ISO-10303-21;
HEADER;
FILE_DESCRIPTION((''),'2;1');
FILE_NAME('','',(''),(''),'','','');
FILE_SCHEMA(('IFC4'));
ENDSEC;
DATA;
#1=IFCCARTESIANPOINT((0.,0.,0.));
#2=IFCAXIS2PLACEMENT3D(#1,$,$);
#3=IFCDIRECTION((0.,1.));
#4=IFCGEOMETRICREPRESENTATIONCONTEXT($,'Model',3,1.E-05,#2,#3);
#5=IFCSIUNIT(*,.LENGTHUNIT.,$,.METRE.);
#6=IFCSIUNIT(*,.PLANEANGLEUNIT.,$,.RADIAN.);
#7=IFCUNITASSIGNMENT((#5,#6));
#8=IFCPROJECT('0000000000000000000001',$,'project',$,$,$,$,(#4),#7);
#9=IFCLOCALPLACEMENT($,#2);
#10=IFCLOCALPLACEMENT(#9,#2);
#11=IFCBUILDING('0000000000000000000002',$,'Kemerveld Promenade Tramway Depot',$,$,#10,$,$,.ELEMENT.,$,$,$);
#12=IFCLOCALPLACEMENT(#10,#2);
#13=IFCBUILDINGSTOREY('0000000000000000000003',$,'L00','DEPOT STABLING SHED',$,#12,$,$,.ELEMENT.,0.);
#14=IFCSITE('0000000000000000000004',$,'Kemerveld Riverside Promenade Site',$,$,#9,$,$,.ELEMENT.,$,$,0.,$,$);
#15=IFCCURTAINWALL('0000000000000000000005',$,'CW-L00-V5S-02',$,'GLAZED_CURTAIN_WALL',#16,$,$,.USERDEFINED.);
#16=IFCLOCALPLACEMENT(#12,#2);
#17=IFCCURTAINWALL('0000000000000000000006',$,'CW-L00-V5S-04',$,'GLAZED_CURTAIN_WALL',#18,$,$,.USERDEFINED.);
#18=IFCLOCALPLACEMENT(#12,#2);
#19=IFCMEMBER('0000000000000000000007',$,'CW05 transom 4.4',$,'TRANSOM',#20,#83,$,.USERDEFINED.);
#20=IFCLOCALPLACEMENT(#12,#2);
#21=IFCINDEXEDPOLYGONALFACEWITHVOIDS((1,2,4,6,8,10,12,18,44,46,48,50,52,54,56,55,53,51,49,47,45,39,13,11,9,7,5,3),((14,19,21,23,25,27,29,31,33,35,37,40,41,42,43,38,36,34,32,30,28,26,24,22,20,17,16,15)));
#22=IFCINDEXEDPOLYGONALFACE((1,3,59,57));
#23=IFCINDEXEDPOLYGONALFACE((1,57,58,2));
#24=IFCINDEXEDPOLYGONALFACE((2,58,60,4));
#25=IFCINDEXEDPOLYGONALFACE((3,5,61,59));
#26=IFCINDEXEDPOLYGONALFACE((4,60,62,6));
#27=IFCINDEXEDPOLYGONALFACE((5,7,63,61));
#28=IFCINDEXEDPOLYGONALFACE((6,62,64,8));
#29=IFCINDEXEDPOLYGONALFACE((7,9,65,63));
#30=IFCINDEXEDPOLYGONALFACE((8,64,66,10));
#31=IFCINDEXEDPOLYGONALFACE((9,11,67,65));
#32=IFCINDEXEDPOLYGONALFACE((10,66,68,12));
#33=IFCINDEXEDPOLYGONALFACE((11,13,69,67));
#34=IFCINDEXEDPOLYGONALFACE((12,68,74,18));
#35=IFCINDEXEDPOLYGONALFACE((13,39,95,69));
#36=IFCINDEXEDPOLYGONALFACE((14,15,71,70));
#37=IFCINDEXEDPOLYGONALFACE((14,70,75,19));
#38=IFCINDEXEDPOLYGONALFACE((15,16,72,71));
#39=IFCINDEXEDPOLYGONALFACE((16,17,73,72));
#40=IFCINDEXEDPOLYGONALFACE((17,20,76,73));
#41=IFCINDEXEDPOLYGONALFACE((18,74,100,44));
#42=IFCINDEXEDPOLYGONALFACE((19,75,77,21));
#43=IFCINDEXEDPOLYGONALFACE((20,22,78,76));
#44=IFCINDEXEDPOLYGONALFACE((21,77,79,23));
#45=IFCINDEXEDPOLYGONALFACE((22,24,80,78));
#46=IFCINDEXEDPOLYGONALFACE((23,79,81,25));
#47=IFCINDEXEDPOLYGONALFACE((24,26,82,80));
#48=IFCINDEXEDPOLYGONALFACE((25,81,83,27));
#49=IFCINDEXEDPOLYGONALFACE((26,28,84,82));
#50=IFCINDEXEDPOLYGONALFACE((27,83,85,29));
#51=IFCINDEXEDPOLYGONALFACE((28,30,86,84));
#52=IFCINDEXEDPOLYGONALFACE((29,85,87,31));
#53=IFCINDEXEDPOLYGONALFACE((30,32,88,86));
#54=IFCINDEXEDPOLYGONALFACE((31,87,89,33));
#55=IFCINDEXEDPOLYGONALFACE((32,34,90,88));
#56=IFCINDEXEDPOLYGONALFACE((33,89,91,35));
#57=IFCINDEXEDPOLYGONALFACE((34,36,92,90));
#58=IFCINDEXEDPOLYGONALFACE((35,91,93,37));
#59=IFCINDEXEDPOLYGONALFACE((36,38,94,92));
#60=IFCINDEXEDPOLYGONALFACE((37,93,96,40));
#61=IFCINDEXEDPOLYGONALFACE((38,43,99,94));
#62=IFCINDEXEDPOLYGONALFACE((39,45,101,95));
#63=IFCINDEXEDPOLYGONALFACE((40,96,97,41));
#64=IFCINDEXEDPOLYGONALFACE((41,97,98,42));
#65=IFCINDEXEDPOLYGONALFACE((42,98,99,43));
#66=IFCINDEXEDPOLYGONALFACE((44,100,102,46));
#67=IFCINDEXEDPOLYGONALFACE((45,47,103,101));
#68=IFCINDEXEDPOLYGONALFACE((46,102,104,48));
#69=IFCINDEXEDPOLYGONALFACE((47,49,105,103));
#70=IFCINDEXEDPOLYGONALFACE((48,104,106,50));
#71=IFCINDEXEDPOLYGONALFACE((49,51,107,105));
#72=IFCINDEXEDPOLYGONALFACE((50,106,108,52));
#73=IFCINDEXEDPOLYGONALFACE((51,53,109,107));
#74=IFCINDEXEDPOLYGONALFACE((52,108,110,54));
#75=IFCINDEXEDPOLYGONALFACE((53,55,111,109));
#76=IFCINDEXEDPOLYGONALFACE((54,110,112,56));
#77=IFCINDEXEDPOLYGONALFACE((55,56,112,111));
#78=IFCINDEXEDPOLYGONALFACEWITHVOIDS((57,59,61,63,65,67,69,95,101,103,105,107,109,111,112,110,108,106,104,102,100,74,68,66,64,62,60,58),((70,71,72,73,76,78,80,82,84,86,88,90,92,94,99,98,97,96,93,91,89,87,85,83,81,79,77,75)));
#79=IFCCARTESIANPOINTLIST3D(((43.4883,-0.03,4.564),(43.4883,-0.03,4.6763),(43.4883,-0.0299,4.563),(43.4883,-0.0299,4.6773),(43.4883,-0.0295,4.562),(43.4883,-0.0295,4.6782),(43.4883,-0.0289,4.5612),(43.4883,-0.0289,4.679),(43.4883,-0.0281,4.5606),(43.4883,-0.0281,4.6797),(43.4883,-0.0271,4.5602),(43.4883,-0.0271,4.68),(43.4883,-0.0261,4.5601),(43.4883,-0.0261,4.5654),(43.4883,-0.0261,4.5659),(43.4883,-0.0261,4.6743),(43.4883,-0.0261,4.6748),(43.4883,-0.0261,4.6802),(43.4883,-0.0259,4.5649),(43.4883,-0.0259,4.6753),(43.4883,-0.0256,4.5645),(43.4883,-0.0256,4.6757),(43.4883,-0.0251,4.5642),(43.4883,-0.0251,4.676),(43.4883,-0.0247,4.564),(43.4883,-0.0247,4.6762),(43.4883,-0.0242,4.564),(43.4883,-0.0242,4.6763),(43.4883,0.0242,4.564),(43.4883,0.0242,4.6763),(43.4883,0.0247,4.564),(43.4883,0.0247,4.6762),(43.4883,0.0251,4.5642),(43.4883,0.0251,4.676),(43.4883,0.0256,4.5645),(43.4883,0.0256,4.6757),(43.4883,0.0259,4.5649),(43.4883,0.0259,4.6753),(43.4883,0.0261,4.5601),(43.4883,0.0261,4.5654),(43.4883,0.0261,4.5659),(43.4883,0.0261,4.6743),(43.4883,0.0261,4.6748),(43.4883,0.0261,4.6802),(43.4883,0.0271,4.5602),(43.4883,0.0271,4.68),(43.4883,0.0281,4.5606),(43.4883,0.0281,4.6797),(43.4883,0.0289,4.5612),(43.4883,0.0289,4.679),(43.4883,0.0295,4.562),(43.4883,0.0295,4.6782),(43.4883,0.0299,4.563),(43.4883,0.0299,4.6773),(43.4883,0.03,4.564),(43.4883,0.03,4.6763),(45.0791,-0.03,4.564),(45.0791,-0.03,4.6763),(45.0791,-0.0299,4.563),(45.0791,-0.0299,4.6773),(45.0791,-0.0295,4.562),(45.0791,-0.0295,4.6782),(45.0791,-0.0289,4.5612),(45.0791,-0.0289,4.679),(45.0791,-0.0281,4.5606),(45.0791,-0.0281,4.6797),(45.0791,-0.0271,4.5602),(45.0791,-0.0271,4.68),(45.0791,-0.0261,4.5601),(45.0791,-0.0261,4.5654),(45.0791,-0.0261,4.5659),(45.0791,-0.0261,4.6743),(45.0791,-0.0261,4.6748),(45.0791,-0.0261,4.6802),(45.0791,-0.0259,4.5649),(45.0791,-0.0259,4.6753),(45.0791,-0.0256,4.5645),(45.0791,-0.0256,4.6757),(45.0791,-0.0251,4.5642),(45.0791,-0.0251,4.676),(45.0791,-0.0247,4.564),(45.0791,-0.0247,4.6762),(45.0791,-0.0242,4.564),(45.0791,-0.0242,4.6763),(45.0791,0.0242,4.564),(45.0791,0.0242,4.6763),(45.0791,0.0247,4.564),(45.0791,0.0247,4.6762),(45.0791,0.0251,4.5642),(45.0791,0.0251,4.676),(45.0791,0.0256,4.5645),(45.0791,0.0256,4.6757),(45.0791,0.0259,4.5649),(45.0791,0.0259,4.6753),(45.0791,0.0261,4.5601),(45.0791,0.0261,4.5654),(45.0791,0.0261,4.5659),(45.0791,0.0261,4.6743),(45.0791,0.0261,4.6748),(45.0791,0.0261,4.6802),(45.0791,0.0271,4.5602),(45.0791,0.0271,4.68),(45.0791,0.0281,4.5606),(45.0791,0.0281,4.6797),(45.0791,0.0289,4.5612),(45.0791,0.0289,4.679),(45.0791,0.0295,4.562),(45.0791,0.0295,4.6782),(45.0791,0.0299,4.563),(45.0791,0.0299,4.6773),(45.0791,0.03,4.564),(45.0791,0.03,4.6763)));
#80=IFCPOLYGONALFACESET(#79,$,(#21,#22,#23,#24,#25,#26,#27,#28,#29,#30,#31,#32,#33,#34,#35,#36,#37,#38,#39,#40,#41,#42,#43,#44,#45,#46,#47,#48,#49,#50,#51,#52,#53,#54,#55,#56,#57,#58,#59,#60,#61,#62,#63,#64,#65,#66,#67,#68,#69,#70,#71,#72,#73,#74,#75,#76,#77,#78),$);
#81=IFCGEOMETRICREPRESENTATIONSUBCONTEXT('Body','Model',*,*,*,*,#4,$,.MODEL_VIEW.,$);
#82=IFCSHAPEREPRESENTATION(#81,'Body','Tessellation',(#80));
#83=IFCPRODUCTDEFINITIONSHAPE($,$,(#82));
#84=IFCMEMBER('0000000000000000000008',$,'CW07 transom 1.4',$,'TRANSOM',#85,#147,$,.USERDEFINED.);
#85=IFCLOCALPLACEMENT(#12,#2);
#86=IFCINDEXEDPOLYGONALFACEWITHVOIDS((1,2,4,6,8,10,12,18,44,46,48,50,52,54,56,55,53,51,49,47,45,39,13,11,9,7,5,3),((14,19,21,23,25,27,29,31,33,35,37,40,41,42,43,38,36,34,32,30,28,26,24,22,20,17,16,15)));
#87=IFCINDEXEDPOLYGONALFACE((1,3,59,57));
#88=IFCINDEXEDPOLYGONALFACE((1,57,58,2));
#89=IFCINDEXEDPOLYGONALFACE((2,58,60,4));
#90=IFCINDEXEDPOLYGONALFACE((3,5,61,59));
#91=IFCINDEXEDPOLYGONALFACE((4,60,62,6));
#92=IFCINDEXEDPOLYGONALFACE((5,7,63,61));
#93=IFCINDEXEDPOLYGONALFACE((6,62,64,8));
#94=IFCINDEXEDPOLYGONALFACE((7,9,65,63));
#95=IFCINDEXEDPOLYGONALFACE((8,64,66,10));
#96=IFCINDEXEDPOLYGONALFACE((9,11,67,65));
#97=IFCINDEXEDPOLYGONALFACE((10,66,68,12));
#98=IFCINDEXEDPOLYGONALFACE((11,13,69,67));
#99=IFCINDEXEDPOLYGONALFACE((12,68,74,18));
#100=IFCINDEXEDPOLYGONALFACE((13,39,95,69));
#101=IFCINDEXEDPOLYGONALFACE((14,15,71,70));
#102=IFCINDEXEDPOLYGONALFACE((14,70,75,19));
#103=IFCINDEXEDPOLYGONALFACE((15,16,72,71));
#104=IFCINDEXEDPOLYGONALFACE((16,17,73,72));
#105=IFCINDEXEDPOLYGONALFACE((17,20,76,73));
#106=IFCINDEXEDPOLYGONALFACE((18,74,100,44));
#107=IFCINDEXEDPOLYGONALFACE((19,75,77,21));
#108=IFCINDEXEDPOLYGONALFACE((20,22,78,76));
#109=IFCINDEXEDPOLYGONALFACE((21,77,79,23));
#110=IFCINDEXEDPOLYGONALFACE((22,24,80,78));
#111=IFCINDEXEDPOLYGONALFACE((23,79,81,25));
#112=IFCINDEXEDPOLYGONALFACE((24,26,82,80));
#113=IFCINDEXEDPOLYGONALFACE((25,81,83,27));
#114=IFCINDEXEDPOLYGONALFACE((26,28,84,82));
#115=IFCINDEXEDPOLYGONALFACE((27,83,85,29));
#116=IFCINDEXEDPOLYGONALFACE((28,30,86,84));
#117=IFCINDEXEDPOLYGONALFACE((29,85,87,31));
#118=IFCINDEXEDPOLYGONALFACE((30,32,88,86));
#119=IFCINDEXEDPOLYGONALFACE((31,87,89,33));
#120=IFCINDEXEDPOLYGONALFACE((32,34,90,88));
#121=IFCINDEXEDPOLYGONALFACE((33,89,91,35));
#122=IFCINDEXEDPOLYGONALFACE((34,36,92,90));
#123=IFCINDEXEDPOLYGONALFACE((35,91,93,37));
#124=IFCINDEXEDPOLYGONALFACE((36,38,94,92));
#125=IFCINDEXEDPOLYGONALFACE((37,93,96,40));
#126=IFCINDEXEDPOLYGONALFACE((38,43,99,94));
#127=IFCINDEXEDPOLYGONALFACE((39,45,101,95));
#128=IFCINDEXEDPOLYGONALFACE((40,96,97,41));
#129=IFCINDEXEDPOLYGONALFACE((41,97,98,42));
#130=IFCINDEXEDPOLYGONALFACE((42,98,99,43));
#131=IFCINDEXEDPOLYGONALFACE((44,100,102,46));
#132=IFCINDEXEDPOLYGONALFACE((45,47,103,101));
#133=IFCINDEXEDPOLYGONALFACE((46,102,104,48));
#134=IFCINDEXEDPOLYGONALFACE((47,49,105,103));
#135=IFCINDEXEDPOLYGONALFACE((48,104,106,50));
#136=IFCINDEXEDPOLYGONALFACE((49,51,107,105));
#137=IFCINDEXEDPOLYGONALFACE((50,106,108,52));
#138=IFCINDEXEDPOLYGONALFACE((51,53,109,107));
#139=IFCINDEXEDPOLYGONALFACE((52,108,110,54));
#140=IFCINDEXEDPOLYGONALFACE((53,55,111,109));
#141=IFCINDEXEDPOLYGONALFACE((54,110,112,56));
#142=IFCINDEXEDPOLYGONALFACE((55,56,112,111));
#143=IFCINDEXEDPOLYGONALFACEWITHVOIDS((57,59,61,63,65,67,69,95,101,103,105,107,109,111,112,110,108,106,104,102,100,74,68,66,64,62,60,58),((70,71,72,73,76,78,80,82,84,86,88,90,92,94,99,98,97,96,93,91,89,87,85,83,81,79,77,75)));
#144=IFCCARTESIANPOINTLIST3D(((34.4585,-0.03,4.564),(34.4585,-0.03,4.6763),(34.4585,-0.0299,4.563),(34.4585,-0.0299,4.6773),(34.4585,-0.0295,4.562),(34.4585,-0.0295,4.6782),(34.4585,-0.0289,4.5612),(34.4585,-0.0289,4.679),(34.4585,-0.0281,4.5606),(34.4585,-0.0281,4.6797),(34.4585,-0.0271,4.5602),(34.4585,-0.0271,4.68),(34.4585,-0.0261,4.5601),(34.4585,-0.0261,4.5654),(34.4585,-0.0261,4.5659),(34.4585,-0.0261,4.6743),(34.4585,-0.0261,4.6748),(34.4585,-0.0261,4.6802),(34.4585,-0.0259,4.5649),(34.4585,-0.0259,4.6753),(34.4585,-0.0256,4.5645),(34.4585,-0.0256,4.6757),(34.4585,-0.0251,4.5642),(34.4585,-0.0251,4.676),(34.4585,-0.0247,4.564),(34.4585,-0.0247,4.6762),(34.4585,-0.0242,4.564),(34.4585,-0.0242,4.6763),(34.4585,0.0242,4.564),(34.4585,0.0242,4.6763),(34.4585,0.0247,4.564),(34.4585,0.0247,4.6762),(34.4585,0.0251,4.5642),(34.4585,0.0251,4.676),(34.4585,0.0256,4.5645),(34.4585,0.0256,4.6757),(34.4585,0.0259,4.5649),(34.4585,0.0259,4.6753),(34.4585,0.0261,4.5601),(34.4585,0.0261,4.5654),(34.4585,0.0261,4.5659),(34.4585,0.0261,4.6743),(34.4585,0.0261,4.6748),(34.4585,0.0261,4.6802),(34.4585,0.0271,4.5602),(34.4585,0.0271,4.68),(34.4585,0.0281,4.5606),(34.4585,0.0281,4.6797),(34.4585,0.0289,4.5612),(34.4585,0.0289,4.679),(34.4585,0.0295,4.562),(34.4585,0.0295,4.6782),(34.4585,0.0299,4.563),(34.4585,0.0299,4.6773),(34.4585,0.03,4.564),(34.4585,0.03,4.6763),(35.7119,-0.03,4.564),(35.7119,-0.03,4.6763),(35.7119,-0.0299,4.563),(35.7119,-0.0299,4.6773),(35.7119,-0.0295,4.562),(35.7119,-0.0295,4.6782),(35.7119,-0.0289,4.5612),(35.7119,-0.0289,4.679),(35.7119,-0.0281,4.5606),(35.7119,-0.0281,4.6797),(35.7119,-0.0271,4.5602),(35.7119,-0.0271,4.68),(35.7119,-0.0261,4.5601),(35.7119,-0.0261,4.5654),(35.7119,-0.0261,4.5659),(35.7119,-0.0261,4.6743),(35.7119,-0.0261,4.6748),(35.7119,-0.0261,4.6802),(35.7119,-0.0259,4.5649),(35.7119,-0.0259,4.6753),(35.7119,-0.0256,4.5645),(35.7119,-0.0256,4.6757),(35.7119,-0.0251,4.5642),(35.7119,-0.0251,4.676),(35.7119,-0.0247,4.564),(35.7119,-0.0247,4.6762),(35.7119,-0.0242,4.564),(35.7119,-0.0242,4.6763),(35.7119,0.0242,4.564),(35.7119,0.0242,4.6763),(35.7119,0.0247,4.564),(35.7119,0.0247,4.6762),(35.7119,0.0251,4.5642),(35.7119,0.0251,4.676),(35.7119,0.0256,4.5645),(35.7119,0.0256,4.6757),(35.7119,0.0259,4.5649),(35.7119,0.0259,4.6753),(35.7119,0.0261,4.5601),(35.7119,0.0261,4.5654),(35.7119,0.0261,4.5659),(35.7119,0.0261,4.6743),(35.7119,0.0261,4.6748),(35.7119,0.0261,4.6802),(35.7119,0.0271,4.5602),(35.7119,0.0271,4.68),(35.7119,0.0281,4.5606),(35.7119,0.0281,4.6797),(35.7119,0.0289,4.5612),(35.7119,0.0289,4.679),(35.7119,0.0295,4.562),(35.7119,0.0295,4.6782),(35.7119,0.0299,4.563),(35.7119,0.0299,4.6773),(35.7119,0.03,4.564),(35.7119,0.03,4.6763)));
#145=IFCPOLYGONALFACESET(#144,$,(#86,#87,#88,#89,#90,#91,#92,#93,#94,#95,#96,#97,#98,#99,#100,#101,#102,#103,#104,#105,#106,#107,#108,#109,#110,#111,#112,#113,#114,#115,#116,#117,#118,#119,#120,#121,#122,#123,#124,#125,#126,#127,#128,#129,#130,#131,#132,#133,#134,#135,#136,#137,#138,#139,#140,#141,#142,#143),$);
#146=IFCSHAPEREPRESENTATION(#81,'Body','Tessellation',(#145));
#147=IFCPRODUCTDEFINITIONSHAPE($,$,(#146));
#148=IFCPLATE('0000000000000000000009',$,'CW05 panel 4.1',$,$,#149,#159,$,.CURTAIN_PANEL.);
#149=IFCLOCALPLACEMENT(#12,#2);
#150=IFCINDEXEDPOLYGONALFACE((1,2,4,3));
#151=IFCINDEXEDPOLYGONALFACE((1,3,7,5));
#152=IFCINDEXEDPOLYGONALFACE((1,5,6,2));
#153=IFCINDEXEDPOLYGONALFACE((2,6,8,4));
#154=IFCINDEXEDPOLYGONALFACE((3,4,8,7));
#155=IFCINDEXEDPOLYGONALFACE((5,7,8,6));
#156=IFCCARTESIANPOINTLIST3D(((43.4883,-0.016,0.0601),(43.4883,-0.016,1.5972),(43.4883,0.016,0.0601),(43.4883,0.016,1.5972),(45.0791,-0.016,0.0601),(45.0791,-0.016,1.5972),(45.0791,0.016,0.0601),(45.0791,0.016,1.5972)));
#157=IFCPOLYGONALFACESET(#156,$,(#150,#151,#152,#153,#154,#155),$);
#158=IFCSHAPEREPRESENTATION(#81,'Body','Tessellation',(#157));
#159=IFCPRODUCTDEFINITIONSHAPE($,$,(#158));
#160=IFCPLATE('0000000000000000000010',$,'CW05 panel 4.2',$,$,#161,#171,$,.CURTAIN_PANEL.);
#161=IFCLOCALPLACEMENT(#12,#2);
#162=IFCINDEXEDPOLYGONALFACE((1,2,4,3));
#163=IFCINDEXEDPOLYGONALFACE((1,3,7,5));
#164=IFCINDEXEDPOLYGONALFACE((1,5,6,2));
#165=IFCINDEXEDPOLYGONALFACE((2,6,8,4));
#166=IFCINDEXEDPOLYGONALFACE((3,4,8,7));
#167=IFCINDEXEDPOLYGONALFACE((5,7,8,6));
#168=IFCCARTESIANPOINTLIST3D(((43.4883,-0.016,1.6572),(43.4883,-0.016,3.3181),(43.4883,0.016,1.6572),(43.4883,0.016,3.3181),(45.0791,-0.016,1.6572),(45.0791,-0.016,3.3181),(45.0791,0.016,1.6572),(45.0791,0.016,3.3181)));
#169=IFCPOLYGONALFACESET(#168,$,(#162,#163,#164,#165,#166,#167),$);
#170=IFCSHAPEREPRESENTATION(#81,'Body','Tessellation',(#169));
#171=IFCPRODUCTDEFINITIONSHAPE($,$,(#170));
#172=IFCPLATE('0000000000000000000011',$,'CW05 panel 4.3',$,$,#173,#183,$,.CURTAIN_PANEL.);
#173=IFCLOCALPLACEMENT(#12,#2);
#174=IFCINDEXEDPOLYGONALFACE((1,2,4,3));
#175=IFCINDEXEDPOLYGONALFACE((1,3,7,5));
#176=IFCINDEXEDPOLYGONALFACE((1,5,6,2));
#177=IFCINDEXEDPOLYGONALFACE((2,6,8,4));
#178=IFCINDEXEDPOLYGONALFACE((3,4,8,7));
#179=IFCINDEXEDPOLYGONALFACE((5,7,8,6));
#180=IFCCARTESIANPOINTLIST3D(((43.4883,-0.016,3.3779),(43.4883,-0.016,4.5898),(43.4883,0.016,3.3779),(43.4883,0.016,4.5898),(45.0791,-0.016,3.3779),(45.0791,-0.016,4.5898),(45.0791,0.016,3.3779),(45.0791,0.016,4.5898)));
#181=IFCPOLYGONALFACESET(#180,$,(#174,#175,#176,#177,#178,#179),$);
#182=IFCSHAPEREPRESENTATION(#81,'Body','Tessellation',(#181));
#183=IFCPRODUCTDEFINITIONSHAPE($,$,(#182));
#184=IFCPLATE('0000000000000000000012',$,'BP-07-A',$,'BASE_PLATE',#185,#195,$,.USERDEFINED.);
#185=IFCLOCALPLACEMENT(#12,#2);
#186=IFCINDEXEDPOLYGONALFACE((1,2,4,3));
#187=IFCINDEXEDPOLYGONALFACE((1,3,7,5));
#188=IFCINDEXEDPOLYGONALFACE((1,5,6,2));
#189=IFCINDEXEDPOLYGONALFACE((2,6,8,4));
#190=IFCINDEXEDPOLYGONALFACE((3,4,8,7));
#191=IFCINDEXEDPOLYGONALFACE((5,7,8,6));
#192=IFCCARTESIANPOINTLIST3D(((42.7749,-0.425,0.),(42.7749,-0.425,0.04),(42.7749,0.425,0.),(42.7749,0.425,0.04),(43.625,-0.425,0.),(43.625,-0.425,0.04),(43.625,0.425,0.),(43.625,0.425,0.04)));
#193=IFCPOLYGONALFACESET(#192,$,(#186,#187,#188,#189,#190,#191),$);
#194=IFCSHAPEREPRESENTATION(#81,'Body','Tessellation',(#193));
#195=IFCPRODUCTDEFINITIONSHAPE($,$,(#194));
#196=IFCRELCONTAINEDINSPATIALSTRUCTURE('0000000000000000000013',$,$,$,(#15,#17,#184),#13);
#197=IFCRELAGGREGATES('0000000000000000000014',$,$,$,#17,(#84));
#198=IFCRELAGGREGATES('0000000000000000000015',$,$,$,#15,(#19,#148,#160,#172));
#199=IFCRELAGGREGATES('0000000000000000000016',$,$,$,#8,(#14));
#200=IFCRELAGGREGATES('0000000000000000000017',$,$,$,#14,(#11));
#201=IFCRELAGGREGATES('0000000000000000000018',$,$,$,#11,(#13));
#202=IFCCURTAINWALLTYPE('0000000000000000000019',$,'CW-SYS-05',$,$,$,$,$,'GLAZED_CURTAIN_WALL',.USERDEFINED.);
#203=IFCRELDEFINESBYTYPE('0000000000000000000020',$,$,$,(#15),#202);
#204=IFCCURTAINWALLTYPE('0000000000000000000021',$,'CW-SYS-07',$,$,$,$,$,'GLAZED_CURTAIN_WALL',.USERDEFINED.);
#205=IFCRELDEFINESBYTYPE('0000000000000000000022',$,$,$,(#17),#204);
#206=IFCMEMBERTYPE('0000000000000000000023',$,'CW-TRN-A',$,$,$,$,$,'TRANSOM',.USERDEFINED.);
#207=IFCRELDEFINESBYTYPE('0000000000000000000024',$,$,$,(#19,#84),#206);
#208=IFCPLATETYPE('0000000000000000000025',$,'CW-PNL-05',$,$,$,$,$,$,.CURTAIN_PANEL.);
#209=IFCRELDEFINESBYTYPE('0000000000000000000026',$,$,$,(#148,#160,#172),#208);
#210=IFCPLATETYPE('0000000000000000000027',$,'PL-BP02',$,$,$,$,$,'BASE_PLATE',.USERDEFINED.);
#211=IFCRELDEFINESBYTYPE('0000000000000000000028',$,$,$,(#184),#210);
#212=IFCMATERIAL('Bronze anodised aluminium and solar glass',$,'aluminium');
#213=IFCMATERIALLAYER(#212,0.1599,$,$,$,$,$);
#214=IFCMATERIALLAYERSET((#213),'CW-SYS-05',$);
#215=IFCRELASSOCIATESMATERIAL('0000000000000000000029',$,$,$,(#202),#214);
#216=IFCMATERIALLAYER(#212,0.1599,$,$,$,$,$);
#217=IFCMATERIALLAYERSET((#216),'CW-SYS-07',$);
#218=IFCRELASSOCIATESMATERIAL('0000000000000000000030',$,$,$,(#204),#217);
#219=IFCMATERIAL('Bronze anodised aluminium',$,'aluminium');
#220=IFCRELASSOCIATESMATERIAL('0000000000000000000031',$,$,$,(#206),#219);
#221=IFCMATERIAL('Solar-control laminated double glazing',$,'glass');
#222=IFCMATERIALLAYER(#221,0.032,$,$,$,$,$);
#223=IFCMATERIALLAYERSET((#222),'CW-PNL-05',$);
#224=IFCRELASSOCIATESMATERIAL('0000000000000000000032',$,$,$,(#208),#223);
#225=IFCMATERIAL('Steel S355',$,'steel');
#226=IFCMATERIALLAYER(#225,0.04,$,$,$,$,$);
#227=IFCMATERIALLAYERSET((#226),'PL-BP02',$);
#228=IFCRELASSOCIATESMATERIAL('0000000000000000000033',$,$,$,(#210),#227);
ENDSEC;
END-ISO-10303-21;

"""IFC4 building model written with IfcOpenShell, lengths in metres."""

from ifc_helpers import new_model, si_unit, direction, frame, origin, origin_2d, place, context, subcontext, project, spatial, rectangle, hollow_rectangle, extrude, material, layer, layer_set, material_profile, profile_set, type_object, element, aggregate, save


model = new_model("IFC4")

# Units and contexts
model_context = context("Model", 3, precision=1e-05, world=origin(), true_north=direction((0.0, 1.0)))
body_context = subcontext(model_context, "Body", "Model", "MODEL_VIEW")
ifc_project = project(units=[si_unit("LENGTHUNIT", "METRE"), si_unit("PLANEANGLEUNIT", "RADIAN")], contexts=[model_context])

# Site, building, storey
site_placement = place(None, origin())
site = spatial("IfcSite", under=ifc_project, at=site_placement, Name="Kemerveld Riverside Promenade Site", CompositionType="ELEMENT", RefElevation=0.0)
building_placement = place(site_placement, origin())
building = spatial("IfcBuilding", under=site, at=building_placement, Name="Kemerveld Promenade Tramway Depot", CompositionType="ELEMENT")
storey_placement = place(building_placement, origin())
storey = spatial("IfcBuildingStorey", under=building, at=storey_placement, Name="L00", Description="DEPOT STABLING SHED", CompositionType="ELEMENT", Elevation=0.0)

# Shared definitions
ifc_material_1 = material(Name="Steel S355", Category="steel")

# Curtain wall
ifc_material_2 = material(Name="Bronze anodised aluminium and solar glass", Category="aluminium")
ifc_layer_1 = layer(ifc_material_2, 0.1599)
ifc_layer_set_1 = layer_set([ifc_layer_1], Name="CW-SYS-05")
curtain_wall_type_1 = type_object("IfcCurtainWallType", Name="CW-SYS-05", ElementType="GLAZED_CURTAIN_WALL", PredefinedType="USERDEFINED", material=ifc_layer_set_1)
curtain_wall_1_placement = place(storey_placement, origin())
curtain_wall_1 = element("IfcCurtainWall", 1, at=curtain_wall_1_placement, inside=storey, type_object=curtain_wall_type_1, Name="CW-L00-V5S-02", ObjectType="GLAZED_CURTAIN_WALL", PredefinedType="USERDEFINED")
ifc_material_3 = material(Name="Bronze anodised aluminium", Category="aluminium")

# Curtain wall
ifc_layer_2 = layer(ifc_material_2, 0.1599)
ifc_layer_set_2 = layer_set([ifc_layer_2], Name="CW-SYS-07")
curtain_wall_type_2 = type_object("IfcCurtainWallType", Name="CW-SYS-07", ElementType="GLAZED_CURTAIN_WALL", PredefinedType="USERDEFINED", material=ifc_layer_set_2)
curtain_wall_2_placement = place(storey_placement, origin())
curtain_wall_2 = element("IfcCurtainWall", 2, at=curtain_wall_2_placement, inside=storey, type_object=curtain_wall_type_2, Name="CW-L00-V5S-04", ObjectType="GLAZED_CURTAIN_WALL", PredefinedType="USERDEFINED")

# Members
ifc_material_profile_1 = material_profile(ifc_material_3, hollow_rectangle(XDim=0.0601, YDim=0.1201, WallThickness=0.0039, InnerFilletRadius=0.002, OuterFilletRadius=0.0039, at=origin_2d()), Name="CW-TRN-120x60")
ifc_profile_set_1 = profile_set([ifc_material_profile_1], Name="Bronze anodised aluminium")
member_type_1 = type_object("IfcMemberType", Name="CW-TRN-A", ElementType="TRANSOM", PredefinedType="USERDEFINED", material=ifc_profile_set_1)
member_1_placement = place(storey_placement, frame((45.0791, 0.0, 4.6201), z_axis=(-1.0, 0.0, 0.0), x_axis=(0.0, -1.0, 0.0)))
member_1 = element("IfcMember", 3, at=member_1_placement, type_object=member_type_1, Name="CW05 transom 4.4", ObjectType="TRANSOM", PredefinedType="USERDEFINED", context=body_context, shape_type="SweptSolid", body=[
    extrude(hollow_rectangle(XDim=0.0601, YDim=0.1201, WallThickness=0.0039, InnerFilletRadius=0.002, OuterFilletRadius=0.0039, at=origin_2d()), origin(), (0.0, 0.0, 1.0), 1.5908),
])
member_2_placement = place(storey_placement, frame((35.7119, 0.0, 4.6201), z_axis=(-1.0, 0.0, 0.0), x_axis=(0.0, -1.0, 0.0)))
member_2 = element("IfcMember", 4, at=member_2_placement, type_object=member_type_1, Name="CW07 transom 1.4", ObjectType="TRANSOM", PredefinedType="USERDEFINED", context=body_context, shape_type="SweptSolid", body=[
    extrude(hollow_rectangle(XDim=0.0601, YDim=0.1201, WallThickness=0.0039, InnerFilletRadius=0.002, OuterFilletRadius=0.0039, at=origin_2d()), origin(), (0.0, 0.0, 1.0), 1.2534),
])
aggregate(curtain_wall_2, [member_2])

# Plates
ifc_material_4 = material(Name="Solar-control laminated double glazing", Category="glass")
ifc_layer_3 = layer(ifc_material_4, 0.032)
ifc_layer_set_3 = layer_set([ifc_layer_3], Name="CW-PNL-05")
plate_type_1 = type_object("IfcPlateType", Name="CW-PNL-05", PredefinedType="CURTAIN_PANEL", material=ifc_layer_set_3)
plate_1_placement = place(storey_placement, frame((44.2837, 0.0, 0.0601), z_axis=(0.0, 0.0, 1.0), x_axis=(-1.0, 0.0, 0.0)))
plate_1 = element("IfcPlate", 5, at=plate_1_placement, type_object=plate_type_1, Name="CW05 panel 4.1", PredefinedType="CURTAIN_PANEL", context=body_context, shape_type="SweptSolid", body=[
    extrude(rectangle(XDim=1.5908, YDim=0.032, at=origin_2d()), origin(), (0.0, 0.0, 1.0), 1.5371),
])
plate_2_placement = place(storey_placement, frame((44.2837, 0.0, 1.6572), z_axis=(0.0, 0.0, 1.0), x_axis=(-1.0, 0.0, 0.0)))
plate_2 = element("IfcPlate", 6, at=plate_2_placement, type_object=plate_type_1, Name="CW05 panel 4.2", PredefinedType="CURTAIN_PANEL", context=body_context, shape_type="SweptSolid", body=[
    extrude(rectangle(XDim=1.5908, YDim=0.032, at=origin_2d()), origin(), (0.0, 0.0, 1.0), 1.6609),
])
plate_3_placement = place(storey_placement, frame((44.2837, 0.0, 3.3779), z_axis=(0.0, 0.0, 1.0), x_axis=(-1.0, 0.0, 0.0)))
plate_3 = element("IfcPlate", 7, at=plate_3_placement, type_object=plate_type_1, Name="CW05 panel 4.3", PredefinedType="CURTAIN_PANEL", context=body_context, shape_type="SweptSolid", body=[
    extrude(rectangle(XDim=1.5908, YDim=0.032, at=origin_2d()), origin(), (0.0, 0.0, 1.0), 1.2119),
])
aggregate(curtain_wall_1, [member_1, plate_1, plate_2, plate_3])
ifc_layer_4 = layer(ifc_material_1, 0.04)
ifc_layer_set_4 = layer_set([ifc_layer_4], Name="PL-BP02")
plate_type_2 = type_object("IfcPlateType", Name="PL-BP02", ElementType="BASE_PLATE", PredefinedType="USERDEFINED", material=ifc_layer_set_4)
plate_4_placement = place(storey_placement, frame((43.2, 0.0, 0.0), z_axis=(0.0, 0.0, 1.0), x_axis=(1.0, 0.0, 0.0)))
element("IfcPlate", 8, at=plate_4_placement, inside=storey, type_object=plate_type_2, Name="BP-07-A", ObjectType="BASE_PLATE", PredefinedType="USERDEFINED", context=body_context, shape_type="SweptSolid", body=[
    extrude(rectangle(XDim=0.8501, YDim=0.8501, at=origin_2d()), origin(), (0.0, 0.0, 1.0), 0.04),
])

save(model, "model.ifc")
